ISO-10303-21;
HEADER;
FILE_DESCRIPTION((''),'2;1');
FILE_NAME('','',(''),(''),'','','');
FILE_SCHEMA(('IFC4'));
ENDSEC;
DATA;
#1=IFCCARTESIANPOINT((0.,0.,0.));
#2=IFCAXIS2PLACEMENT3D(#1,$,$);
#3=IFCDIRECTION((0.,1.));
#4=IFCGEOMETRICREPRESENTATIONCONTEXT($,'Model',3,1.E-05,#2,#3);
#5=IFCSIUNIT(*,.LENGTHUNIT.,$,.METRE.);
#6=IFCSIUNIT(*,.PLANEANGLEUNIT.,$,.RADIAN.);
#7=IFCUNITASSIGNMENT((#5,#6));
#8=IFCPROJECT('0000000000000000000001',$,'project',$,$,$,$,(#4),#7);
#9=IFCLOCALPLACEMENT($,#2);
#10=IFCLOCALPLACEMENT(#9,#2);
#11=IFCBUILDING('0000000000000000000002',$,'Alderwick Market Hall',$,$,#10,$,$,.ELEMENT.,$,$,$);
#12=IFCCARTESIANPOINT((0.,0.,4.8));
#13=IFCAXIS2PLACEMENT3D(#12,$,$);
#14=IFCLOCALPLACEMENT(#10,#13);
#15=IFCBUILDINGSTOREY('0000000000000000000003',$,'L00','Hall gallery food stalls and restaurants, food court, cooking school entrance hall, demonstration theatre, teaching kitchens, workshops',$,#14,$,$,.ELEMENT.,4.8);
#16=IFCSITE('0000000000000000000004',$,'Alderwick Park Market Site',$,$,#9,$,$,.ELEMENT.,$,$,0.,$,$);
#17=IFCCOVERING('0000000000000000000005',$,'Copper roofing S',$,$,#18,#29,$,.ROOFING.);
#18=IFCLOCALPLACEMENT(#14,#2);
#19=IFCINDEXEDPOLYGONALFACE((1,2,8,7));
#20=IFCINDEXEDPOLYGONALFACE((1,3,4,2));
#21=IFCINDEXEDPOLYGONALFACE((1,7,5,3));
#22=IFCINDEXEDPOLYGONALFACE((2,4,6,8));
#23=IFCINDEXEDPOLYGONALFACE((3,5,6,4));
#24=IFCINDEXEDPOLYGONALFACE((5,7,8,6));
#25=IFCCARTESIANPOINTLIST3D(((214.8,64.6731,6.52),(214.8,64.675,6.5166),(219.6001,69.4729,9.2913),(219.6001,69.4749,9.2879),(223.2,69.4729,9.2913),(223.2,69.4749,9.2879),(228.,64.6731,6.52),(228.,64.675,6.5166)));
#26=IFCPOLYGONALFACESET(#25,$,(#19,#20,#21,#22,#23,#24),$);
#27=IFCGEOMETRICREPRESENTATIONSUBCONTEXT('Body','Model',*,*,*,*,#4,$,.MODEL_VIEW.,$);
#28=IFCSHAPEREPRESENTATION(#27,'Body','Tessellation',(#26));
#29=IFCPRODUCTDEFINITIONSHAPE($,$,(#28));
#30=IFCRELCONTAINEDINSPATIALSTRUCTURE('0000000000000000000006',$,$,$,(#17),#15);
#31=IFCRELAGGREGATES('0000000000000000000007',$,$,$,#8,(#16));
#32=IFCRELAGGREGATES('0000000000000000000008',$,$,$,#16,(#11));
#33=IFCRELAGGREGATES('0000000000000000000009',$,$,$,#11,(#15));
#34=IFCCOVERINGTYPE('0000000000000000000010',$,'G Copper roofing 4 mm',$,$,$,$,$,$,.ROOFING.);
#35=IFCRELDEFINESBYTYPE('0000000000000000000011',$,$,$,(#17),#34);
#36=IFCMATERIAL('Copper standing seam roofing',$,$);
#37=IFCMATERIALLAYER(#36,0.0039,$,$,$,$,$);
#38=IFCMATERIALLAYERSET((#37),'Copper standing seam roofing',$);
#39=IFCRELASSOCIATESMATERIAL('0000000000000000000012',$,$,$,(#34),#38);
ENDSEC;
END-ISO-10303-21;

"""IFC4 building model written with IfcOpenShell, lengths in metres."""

from ifc_helpers import new_model, si_unit, direction, frame, origin, place, context, subcontext, project, spatial, polyline, outline, extrude, material, layer, layer_set, type_object, element, save


model = new_model("IFC4")

# Units and contexts
model_context = context("Model", 3, precision=1e-05, world=origin(), true_north=direction((0.0, 1.0)))
body_context = subcontext(model_context, "Body", "Model", "MODEL_VIEW")
ifc_project = project(units=[si_unit("LENGTHUNIT", "METRE"), si_unit("PLANEANGLEUNIT", "RADIAN")], contexts=[model_context])

# Site, building, storey
site_placement = place(None, origin())
site = spatial("IfcSite", under=ifc_project, at=site_placement, Name="Alderwick Park Market Site", CompositionType="ELEMENT", RefElevation=0.0)
building_placement = place(site_placement, origin())
building = spatial("IfcBuilding", under=site, at=building_placement, Name="Alderwick Market Hall", CompositionType="ELEMENT")
storey_placement = place(building_placement, frame((0.0, 0.0, 4.8)))
storey = spatial("IfcBuildingStorey", under=building, at=storey_placement, Name="L00", Description="Hall gallery food stalls and restaurants, food court, cooking school entrance hall, demonstration theatre, teaching kitchens, workshops", CompositionType="ELEMENT", Elevation=4.8)

# Covering
ifc_material_1 = material(Name="Copper standing seam roofing")
ifc_layer_1 = layer(ifc_material_1, 0.0039)
ifc_layer_set_1 = layer_set([ifc_layer_1], Name="Copper standing seam roofing")
covering_type_1 = type_object("IfcCoveringType", Name="G Copper roofing 4 mm", PredefinedType="ROOFING", material=ifc_layer_set_1)
covering_1_placement = place(storey_placement, frame((214.8, 64.6731, 6.52), z_axis=(0.0, -0.50001, 0.86602), x_axis=(1.0, 0.0, 0.0)))
element("IfcCovering", 1, at=covering_1_placement, inside=storey, type_object=covering_type_1, Name="Copper roofing S", PredefinedType="ROOFING", context=body_context, shape_type="SweptSolid", body=[
    extrude(outline(polyline([(0.0, 0.0), (13.2, 0.0), (8.3999, 5.5424), (4.8, 5.5424), (0.0, 0.0)])), origin(), (0.0, 0.0, -1.0), 0.0039),
])

save(model, "model.ifc")
